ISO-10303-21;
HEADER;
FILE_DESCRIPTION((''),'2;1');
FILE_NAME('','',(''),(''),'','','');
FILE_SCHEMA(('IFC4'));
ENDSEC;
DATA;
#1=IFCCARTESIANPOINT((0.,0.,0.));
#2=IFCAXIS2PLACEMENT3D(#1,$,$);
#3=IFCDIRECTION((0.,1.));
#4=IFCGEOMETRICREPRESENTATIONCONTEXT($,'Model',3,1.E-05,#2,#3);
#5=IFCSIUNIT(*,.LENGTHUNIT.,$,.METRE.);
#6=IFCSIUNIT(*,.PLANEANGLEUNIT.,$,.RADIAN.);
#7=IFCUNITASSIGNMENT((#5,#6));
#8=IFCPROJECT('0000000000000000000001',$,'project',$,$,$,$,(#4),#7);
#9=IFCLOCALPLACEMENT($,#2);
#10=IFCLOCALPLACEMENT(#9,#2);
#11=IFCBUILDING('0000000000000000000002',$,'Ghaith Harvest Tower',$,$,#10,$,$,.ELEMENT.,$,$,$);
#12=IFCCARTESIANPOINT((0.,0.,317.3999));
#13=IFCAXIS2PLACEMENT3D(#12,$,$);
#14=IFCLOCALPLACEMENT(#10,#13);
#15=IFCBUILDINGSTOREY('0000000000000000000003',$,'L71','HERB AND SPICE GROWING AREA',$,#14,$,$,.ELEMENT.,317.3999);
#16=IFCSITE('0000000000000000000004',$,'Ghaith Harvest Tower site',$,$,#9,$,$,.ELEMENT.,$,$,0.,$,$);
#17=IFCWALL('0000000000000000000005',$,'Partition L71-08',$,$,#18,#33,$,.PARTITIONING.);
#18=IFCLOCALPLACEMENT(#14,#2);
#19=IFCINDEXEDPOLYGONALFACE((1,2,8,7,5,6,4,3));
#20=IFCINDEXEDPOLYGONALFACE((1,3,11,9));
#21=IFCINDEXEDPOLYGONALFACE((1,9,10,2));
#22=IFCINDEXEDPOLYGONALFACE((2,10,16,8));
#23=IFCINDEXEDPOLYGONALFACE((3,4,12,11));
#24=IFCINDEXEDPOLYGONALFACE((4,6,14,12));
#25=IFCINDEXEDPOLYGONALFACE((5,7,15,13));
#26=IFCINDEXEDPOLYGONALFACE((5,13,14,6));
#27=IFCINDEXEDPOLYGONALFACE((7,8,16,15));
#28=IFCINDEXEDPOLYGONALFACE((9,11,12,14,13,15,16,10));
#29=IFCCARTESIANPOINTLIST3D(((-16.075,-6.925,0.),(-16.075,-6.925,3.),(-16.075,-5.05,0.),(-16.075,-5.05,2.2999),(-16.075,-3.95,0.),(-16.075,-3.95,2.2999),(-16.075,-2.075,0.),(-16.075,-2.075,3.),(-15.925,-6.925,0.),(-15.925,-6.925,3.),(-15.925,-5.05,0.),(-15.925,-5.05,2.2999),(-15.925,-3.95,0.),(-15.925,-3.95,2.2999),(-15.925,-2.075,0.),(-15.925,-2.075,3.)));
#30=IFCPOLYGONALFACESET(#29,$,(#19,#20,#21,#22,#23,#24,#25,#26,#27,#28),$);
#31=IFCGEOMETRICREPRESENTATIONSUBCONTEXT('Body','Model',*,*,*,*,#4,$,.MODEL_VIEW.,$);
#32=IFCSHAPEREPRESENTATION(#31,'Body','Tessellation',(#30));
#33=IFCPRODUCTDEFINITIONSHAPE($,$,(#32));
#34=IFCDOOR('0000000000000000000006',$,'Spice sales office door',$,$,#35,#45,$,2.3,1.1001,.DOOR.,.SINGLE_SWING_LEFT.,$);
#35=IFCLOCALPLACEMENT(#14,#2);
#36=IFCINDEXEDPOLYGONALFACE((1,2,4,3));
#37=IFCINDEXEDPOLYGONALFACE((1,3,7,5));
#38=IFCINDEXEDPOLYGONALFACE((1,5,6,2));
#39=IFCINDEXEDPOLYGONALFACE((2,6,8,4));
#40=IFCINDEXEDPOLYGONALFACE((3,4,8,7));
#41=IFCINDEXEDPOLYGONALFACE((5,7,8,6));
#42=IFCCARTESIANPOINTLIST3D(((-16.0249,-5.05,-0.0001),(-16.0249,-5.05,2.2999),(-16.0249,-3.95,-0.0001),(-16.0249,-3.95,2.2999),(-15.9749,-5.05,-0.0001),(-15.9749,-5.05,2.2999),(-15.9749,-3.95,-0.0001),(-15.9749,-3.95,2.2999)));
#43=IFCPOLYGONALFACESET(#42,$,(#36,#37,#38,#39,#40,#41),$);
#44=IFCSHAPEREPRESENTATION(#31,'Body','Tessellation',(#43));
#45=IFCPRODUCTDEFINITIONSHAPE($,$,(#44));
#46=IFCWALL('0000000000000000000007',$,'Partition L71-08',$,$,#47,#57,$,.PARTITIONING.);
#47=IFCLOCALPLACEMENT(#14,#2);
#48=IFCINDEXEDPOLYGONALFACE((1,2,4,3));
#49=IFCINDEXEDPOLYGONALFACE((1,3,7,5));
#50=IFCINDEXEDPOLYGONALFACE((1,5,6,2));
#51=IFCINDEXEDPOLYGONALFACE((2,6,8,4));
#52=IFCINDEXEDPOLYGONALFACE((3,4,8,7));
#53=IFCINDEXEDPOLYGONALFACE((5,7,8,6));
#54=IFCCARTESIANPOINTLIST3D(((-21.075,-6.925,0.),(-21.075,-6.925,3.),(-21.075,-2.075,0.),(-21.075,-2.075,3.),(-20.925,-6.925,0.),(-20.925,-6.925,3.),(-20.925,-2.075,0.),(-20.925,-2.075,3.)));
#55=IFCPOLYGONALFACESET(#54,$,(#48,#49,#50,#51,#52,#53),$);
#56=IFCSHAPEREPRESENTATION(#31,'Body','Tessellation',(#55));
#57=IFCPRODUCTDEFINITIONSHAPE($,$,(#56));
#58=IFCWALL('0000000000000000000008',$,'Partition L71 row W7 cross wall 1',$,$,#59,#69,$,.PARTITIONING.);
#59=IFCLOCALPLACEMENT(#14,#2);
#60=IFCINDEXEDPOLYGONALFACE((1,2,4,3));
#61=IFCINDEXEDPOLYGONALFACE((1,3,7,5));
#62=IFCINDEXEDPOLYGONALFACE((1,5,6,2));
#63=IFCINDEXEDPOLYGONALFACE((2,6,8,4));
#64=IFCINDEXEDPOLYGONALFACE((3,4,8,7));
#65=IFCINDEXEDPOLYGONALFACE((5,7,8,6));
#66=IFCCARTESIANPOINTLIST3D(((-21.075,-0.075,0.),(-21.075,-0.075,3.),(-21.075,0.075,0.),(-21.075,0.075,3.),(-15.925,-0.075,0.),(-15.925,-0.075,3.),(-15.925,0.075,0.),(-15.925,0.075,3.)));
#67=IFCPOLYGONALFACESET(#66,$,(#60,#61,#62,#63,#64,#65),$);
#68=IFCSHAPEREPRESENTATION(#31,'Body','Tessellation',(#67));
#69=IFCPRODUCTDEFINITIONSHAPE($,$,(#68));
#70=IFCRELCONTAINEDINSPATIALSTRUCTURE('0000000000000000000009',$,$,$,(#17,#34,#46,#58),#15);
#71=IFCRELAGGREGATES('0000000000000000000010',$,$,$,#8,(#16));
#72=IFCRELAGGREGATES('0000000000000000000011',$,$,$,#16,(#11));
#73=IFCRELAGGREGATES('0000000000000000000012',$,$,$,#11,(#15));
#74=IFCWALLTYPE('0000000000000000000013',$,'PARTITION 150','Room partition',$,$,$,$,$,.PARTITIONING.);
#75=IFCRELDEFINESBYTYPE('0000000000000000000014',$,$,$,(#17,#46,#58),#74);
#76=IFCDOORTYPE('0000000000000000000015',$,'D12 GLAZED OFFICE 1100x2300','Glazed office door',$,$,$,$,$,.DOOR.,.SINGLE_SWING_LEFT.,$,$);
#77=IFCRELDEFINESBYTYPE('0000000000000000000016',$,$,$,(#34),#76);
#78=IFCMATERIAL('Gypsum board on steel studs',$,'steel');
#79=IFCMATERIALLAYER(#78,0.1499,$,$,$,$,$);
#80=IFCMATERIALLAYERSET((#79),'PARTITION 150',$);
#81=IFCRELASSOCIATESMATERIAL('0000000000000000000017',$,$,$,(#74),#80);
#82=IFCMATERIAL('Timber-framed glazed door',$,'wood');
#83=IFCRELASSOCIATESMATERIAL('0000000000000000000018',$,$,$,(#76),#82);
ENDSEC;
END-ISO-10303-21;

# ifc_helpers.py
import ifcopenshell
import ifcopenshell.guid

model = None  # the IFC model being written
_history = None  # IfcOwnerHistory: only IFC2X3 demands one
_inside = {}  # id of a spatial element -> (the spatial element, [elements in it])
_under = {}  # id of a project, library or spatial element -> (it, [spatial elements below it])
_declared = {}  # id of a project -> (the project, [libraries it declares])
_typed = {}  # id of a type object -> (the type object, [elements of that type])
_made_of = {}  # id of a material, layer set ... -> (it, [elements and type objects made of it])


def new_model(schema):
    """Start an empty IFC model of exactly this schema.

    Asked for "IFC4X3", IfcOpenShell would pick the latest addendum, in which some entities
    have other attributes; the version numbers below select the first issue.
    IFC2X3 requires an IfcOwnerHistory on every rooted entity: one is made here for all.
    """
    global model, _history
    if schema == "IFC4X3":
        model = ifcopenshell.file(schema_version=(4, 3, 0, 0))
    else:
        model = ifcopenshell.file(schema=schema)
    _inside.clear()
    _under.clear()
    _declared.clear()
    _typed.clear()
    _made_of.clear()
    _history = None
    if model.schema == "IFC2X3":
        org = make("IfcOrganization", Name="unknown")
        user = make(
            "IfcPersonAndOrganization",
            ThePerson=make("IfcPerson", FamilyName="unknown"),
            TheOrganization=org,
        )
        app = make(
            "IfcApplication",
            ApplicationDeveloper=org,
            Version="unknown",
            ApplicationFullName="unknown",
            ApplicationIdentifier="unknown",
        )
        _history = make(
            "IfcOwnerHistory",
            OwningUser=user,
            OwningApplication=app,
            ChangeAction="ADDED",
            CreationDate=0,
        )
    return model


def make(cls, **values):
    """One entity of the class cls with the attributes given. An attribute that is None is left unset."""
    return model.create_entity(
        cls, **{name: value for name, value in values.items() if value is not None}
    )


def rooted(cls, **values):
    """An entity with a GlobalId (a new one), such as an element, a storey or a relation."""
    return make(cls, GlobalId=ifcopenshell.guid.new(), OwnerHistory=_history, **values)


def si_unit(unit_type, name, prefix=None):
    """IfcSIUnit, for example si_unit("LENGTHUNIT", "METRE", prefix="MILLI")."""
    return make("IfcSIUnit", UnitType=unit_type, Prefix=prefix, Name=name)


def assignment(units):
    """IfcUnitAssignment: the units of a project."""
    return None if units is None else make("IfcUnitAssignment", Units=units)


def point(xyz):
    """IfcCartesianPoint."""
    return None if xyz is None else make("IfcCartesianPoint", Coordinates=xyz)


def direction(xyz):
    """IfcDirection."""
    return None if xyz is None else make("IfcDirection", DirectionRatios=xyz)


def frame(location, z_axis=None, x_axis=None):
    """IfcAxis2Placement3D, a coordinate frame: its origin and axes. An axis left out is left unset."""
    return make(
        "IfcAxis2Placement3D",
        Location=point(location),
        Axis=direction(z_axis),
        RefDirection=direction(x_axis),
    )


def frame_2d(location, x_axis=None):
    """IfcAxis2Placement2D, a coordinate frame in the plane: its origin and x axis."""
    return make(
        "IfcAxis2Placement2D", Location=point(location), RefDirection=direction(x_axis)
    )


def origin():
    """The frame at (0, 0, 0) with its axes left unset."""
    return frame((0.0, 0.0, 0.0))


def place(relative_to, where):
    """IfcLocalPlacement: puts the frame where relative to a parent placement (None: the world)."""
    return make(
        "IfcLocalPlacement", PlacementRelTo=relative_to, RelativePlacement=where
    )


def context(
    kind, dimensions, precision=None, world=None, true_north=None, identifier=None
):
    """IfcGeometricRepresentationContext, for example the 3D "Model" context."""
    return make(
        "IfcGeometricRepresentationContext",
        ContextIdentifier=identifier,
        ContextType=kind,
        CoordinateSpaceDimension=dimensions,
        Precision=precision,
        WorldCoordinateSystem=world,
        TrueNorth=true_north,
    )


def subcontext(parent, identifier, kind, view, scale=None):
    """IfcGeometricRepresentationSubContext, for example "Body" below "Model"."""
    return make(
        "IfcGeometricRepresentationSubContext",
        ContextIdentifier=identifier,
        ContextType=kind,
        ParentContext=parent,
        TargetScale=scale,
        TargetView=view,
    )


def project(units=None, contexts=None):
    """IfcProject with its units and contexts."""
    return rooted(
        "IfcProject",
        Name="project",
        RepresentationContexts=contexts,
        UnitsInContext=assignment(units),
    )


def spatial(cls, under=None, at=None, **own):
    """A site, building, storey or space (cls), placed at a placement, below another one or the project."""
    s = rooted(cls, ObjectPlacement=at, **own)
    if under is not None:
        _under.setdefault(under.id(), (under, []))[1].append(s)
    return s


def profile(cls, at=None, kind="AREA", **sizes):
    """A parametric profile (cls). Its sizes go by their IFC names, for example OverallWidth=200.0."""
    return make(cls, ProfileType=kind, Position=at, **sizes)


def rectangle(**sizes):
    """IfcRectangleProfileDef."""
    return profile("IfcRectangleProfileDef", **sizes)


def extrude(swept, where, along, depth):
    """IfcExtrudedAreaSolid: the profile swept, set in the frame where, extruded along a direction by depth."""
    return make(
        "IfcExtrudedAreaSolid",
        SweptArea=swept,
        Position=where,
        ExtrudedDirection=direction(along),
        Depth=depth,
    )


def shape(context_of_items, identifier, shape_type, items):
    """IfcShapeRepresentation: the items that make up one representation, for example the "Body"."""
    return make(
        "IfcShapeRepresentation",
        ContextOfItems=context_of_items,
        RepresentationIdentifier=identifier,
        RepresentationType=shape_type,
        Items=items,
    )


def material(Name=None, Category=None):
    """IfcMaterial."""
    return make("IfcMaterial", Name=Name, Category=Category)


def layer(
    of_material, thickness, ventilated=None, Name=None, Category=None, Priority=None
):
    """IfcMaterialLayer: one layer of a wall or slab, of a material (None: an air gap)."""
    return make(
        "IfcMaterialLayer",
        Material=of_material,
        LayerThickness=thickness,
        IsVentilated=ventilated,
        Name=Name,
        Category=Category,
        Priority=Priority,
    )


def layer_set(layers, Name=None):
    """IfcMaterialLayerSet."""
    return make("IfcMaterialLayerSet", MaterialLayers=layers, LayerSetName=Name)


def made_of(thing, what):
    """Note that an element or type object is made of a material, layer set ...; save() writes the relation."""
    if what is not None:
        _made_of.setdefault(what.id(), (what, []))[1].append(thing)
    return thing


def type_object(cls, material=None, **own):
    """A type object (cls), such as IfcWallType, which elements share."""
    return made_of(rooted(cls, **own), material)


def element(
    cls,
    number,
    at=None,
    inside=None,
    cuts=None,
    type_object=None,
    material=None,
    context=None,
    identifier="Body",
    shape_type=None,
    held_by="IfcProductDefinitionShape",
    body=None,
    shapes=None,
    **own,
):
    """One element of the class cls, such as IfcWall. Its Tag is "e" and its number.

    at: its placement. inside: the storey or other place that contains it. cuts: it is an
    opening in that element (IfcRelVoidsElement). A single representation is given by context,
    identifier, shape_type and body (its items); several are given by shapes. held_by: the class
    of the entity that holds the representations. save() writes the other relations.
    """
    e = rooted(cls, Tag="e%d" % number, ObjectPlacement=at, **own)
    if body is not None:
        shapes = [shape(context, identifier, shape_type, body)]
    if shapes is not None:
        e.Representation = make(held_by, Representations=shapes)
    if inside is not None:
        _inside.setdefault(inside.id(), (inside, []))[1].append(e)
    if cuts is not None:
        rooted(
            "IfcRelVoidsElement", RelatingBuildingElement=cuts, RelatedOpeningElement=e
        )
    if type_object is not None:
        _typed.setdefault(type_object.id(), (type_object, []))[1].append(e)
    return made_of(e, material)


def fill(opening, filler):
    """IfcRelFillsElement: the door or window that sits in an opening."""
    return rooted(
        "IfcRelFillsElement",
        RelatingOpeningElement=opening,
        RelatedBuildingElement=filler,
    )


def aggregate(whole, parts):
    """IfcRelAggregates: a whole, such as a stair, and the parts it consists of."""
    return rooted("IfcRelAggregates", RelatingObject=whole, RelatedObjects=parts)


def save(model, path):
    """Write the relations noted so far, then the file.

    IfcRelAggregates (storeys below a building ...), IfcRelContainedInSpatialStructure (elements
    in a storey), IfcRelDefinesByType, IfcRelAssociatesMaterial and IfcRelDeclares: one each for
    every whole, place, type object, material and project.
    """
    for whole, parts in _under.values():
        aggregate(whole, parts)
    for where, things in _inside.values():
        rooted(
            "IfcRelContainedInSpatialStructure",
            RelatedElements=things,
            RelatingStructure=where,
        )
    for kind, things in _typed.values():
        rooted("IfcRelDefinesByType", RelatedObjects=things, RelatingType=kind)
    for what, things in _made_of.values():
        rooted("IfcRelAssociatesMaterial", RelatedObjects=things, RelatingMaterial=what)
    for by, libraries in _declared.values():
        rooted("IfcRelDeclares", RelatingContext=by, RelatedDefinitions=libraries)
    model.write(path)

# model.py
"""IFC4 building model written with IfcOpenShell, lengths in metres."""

from ifc_helpers import new_model, si_unit, direction, frame, frame_2d, origin, place, context, subcontext, project, spatial, rectangle, extrude, material, layer, layer_set, type_object, element, fill, save


model = new_model("IFC4")

# Units and contexts
model_context = context("Model", 3, precision=1e-05, world=origin(), true_north=direction((0.0, 1.0)))
body_context = subcontext(model_context, "Body", "Model", "MODEL_VIEW")
ifc_project = project(units=[si_unit("LENGTHUNIT", "METRE"), si_unit("PLANEANGLEUNIT", "RADIAN")], contexts=[model_context])

# Site, building, storey
site_placement = place(None, origin())
site = spatial("IfcSite", under=ifc_project, at=site_placement, Name="Ghaith Harvest Tower site", CompositionType="ELEMENT", RefElevation=0.0)
building_placement = place(site_placement, origin())
building = spatial("IfcBuilding", under=site, at=building_placement, Name="Ghaith Harvest Tower", CompositionType="ELEMENT")
storey_placement = place(building_placement, frame((0.0, 0.0, 317.3999)))
storey = spatial("IfcBuildingStorey", under=building, at=storey_placement, Name="L71", Description="HERB AND SPICE GROWING AREA", CompositionType="ELEMENT", Elevation=317.3999)

# Shared definitions
ifc_material_1 = material(Name="Gypsum board on steel studs", Category="steel")
ifc_layer_1 = layer(ifc_material_1, 0.1499)
ifc_layer_set_1 = layer_set([ifc_layer_1], Name="PARTITION 150")
wall_type = type_object("IfcWallType", Name="PARTITION 150", Description="Room partition", PredefinedType="PARTITIONING", material=ifc_layer_set_1)

# Wall, opening, door
wall_1_placement = place(storey_placement, frame((-16.0, -6.925, 0.0), z_axis=(0.0, 0.0, 1.0), x_axis=(0.0, 1.0, 0.0)))
wall_1 = element("IfcWall", 1, at=wall_1_placement, inside=storey, type_object=wall_type, Name="Partition L71-08", PredefinedType="PARTITIONING", context=body_context, shape_type="SweptSolid", body=[
    extrude(rectangle(XDim=4.8501, YDim=0.1499, at=frame_2d((2.425, 0.0))), origin(), (0.0, 0.0, 1.0), 3.0),
])
opening_placement = place(wall_1_placement, frame((1.875, 0.0, 0.0)))
opening = element("IfcOpeningElement", 2, at=opening_placement, cuts=wall_1, PredefinedType="OPENING", context=body_context, shape_type="SweptSolid", body=[
    extrude(rectangle(XDim=1.1001, YDim=2.3, at=frame_2d((0.55, 1.1499))), frame((0.0, 0.085, 0.0), z_axis=(0.0, -1.0, 0.0), x_axis=(1.0, 0.0, 0.0)), (0.0, 0.0, 1.0), 0.1699),
])
ifc_material_2 = material(Name="Timber-framed glazed door", Category="wood")
door_type = type_object("IfcDoorType", Name="D12 GLAZED OFFICE 1100x2300", Description="Glazed office door", OperationType="SINGLE_SWING_LEFT", PredefinedType="DOOR", material=ifc_material_2)
door_placement = place(opening_placement, origin())
door = element("IfcDoor", 3, at=door_placement, inside=storey, type_object=door_type, Name="Spice sales office door", OperationType="SINGLE_SWING_LEFT", OverallHeight=2.3, OverallWidth=1.1001, PredefinedType="DOOR", context=body_context, shape_type="SweptSolid", body=[
    extrude(rectangle(XDim=1.1001, YDim=2.3, at=frame_2d((0.55, 1.1499))), frame((0.0, 0.0249, 0.0), z_axis=(0.0, -1.0, 0.0), x_axis=(1.0, 0.0, 0.0)), (0.0, 0.0, 1.0), 0.05),
])
fill(opening, door)

# Walls
wall_2_placement = place(storey_placement, frame((-21.0, -6.925, 0.0), z_axis=(0.0, 0.0, 1.0), x_axis=(0.0, 1.0, 0.0)))
element("IfcWall", 4, at=wall_2_placement, inside=storey, type_object=wall_type, Name="Partition L71-08", PredefinedType="PARTITIONING", context=body_context, shape_type="SweptSolid", body=[
    extrude(rectangle(XDim=4.8501, YDim=0.1499, at=frame_2d((2.425, 0.0))), origin(), (0.0, 0.0, 1.0), 3.0),
])
wall_3_placement = place(storey_placement, frame((-15.925, 0.0, 0.0), z_axis=(0.0, 0.0, 1.0), x_axis=(-1.0, 0.0, 0.0)))
element("IfcWall", 5, at=wall_3_placement, inside=storey, type_object=wall_type, Name="Partition L71 row W7 cross wall 1", PredefinedType="PARTITIONING", context=body_context, shape_type="SweptSolid", body=[
    extrude(rectangle(XDim=5.1499, YDim=0.1499, at=frame_2d((2.575, 0.0))), origin(), (0.0, 0.0, 1.0), 3.0),
])

save(model, "model.ifc")
